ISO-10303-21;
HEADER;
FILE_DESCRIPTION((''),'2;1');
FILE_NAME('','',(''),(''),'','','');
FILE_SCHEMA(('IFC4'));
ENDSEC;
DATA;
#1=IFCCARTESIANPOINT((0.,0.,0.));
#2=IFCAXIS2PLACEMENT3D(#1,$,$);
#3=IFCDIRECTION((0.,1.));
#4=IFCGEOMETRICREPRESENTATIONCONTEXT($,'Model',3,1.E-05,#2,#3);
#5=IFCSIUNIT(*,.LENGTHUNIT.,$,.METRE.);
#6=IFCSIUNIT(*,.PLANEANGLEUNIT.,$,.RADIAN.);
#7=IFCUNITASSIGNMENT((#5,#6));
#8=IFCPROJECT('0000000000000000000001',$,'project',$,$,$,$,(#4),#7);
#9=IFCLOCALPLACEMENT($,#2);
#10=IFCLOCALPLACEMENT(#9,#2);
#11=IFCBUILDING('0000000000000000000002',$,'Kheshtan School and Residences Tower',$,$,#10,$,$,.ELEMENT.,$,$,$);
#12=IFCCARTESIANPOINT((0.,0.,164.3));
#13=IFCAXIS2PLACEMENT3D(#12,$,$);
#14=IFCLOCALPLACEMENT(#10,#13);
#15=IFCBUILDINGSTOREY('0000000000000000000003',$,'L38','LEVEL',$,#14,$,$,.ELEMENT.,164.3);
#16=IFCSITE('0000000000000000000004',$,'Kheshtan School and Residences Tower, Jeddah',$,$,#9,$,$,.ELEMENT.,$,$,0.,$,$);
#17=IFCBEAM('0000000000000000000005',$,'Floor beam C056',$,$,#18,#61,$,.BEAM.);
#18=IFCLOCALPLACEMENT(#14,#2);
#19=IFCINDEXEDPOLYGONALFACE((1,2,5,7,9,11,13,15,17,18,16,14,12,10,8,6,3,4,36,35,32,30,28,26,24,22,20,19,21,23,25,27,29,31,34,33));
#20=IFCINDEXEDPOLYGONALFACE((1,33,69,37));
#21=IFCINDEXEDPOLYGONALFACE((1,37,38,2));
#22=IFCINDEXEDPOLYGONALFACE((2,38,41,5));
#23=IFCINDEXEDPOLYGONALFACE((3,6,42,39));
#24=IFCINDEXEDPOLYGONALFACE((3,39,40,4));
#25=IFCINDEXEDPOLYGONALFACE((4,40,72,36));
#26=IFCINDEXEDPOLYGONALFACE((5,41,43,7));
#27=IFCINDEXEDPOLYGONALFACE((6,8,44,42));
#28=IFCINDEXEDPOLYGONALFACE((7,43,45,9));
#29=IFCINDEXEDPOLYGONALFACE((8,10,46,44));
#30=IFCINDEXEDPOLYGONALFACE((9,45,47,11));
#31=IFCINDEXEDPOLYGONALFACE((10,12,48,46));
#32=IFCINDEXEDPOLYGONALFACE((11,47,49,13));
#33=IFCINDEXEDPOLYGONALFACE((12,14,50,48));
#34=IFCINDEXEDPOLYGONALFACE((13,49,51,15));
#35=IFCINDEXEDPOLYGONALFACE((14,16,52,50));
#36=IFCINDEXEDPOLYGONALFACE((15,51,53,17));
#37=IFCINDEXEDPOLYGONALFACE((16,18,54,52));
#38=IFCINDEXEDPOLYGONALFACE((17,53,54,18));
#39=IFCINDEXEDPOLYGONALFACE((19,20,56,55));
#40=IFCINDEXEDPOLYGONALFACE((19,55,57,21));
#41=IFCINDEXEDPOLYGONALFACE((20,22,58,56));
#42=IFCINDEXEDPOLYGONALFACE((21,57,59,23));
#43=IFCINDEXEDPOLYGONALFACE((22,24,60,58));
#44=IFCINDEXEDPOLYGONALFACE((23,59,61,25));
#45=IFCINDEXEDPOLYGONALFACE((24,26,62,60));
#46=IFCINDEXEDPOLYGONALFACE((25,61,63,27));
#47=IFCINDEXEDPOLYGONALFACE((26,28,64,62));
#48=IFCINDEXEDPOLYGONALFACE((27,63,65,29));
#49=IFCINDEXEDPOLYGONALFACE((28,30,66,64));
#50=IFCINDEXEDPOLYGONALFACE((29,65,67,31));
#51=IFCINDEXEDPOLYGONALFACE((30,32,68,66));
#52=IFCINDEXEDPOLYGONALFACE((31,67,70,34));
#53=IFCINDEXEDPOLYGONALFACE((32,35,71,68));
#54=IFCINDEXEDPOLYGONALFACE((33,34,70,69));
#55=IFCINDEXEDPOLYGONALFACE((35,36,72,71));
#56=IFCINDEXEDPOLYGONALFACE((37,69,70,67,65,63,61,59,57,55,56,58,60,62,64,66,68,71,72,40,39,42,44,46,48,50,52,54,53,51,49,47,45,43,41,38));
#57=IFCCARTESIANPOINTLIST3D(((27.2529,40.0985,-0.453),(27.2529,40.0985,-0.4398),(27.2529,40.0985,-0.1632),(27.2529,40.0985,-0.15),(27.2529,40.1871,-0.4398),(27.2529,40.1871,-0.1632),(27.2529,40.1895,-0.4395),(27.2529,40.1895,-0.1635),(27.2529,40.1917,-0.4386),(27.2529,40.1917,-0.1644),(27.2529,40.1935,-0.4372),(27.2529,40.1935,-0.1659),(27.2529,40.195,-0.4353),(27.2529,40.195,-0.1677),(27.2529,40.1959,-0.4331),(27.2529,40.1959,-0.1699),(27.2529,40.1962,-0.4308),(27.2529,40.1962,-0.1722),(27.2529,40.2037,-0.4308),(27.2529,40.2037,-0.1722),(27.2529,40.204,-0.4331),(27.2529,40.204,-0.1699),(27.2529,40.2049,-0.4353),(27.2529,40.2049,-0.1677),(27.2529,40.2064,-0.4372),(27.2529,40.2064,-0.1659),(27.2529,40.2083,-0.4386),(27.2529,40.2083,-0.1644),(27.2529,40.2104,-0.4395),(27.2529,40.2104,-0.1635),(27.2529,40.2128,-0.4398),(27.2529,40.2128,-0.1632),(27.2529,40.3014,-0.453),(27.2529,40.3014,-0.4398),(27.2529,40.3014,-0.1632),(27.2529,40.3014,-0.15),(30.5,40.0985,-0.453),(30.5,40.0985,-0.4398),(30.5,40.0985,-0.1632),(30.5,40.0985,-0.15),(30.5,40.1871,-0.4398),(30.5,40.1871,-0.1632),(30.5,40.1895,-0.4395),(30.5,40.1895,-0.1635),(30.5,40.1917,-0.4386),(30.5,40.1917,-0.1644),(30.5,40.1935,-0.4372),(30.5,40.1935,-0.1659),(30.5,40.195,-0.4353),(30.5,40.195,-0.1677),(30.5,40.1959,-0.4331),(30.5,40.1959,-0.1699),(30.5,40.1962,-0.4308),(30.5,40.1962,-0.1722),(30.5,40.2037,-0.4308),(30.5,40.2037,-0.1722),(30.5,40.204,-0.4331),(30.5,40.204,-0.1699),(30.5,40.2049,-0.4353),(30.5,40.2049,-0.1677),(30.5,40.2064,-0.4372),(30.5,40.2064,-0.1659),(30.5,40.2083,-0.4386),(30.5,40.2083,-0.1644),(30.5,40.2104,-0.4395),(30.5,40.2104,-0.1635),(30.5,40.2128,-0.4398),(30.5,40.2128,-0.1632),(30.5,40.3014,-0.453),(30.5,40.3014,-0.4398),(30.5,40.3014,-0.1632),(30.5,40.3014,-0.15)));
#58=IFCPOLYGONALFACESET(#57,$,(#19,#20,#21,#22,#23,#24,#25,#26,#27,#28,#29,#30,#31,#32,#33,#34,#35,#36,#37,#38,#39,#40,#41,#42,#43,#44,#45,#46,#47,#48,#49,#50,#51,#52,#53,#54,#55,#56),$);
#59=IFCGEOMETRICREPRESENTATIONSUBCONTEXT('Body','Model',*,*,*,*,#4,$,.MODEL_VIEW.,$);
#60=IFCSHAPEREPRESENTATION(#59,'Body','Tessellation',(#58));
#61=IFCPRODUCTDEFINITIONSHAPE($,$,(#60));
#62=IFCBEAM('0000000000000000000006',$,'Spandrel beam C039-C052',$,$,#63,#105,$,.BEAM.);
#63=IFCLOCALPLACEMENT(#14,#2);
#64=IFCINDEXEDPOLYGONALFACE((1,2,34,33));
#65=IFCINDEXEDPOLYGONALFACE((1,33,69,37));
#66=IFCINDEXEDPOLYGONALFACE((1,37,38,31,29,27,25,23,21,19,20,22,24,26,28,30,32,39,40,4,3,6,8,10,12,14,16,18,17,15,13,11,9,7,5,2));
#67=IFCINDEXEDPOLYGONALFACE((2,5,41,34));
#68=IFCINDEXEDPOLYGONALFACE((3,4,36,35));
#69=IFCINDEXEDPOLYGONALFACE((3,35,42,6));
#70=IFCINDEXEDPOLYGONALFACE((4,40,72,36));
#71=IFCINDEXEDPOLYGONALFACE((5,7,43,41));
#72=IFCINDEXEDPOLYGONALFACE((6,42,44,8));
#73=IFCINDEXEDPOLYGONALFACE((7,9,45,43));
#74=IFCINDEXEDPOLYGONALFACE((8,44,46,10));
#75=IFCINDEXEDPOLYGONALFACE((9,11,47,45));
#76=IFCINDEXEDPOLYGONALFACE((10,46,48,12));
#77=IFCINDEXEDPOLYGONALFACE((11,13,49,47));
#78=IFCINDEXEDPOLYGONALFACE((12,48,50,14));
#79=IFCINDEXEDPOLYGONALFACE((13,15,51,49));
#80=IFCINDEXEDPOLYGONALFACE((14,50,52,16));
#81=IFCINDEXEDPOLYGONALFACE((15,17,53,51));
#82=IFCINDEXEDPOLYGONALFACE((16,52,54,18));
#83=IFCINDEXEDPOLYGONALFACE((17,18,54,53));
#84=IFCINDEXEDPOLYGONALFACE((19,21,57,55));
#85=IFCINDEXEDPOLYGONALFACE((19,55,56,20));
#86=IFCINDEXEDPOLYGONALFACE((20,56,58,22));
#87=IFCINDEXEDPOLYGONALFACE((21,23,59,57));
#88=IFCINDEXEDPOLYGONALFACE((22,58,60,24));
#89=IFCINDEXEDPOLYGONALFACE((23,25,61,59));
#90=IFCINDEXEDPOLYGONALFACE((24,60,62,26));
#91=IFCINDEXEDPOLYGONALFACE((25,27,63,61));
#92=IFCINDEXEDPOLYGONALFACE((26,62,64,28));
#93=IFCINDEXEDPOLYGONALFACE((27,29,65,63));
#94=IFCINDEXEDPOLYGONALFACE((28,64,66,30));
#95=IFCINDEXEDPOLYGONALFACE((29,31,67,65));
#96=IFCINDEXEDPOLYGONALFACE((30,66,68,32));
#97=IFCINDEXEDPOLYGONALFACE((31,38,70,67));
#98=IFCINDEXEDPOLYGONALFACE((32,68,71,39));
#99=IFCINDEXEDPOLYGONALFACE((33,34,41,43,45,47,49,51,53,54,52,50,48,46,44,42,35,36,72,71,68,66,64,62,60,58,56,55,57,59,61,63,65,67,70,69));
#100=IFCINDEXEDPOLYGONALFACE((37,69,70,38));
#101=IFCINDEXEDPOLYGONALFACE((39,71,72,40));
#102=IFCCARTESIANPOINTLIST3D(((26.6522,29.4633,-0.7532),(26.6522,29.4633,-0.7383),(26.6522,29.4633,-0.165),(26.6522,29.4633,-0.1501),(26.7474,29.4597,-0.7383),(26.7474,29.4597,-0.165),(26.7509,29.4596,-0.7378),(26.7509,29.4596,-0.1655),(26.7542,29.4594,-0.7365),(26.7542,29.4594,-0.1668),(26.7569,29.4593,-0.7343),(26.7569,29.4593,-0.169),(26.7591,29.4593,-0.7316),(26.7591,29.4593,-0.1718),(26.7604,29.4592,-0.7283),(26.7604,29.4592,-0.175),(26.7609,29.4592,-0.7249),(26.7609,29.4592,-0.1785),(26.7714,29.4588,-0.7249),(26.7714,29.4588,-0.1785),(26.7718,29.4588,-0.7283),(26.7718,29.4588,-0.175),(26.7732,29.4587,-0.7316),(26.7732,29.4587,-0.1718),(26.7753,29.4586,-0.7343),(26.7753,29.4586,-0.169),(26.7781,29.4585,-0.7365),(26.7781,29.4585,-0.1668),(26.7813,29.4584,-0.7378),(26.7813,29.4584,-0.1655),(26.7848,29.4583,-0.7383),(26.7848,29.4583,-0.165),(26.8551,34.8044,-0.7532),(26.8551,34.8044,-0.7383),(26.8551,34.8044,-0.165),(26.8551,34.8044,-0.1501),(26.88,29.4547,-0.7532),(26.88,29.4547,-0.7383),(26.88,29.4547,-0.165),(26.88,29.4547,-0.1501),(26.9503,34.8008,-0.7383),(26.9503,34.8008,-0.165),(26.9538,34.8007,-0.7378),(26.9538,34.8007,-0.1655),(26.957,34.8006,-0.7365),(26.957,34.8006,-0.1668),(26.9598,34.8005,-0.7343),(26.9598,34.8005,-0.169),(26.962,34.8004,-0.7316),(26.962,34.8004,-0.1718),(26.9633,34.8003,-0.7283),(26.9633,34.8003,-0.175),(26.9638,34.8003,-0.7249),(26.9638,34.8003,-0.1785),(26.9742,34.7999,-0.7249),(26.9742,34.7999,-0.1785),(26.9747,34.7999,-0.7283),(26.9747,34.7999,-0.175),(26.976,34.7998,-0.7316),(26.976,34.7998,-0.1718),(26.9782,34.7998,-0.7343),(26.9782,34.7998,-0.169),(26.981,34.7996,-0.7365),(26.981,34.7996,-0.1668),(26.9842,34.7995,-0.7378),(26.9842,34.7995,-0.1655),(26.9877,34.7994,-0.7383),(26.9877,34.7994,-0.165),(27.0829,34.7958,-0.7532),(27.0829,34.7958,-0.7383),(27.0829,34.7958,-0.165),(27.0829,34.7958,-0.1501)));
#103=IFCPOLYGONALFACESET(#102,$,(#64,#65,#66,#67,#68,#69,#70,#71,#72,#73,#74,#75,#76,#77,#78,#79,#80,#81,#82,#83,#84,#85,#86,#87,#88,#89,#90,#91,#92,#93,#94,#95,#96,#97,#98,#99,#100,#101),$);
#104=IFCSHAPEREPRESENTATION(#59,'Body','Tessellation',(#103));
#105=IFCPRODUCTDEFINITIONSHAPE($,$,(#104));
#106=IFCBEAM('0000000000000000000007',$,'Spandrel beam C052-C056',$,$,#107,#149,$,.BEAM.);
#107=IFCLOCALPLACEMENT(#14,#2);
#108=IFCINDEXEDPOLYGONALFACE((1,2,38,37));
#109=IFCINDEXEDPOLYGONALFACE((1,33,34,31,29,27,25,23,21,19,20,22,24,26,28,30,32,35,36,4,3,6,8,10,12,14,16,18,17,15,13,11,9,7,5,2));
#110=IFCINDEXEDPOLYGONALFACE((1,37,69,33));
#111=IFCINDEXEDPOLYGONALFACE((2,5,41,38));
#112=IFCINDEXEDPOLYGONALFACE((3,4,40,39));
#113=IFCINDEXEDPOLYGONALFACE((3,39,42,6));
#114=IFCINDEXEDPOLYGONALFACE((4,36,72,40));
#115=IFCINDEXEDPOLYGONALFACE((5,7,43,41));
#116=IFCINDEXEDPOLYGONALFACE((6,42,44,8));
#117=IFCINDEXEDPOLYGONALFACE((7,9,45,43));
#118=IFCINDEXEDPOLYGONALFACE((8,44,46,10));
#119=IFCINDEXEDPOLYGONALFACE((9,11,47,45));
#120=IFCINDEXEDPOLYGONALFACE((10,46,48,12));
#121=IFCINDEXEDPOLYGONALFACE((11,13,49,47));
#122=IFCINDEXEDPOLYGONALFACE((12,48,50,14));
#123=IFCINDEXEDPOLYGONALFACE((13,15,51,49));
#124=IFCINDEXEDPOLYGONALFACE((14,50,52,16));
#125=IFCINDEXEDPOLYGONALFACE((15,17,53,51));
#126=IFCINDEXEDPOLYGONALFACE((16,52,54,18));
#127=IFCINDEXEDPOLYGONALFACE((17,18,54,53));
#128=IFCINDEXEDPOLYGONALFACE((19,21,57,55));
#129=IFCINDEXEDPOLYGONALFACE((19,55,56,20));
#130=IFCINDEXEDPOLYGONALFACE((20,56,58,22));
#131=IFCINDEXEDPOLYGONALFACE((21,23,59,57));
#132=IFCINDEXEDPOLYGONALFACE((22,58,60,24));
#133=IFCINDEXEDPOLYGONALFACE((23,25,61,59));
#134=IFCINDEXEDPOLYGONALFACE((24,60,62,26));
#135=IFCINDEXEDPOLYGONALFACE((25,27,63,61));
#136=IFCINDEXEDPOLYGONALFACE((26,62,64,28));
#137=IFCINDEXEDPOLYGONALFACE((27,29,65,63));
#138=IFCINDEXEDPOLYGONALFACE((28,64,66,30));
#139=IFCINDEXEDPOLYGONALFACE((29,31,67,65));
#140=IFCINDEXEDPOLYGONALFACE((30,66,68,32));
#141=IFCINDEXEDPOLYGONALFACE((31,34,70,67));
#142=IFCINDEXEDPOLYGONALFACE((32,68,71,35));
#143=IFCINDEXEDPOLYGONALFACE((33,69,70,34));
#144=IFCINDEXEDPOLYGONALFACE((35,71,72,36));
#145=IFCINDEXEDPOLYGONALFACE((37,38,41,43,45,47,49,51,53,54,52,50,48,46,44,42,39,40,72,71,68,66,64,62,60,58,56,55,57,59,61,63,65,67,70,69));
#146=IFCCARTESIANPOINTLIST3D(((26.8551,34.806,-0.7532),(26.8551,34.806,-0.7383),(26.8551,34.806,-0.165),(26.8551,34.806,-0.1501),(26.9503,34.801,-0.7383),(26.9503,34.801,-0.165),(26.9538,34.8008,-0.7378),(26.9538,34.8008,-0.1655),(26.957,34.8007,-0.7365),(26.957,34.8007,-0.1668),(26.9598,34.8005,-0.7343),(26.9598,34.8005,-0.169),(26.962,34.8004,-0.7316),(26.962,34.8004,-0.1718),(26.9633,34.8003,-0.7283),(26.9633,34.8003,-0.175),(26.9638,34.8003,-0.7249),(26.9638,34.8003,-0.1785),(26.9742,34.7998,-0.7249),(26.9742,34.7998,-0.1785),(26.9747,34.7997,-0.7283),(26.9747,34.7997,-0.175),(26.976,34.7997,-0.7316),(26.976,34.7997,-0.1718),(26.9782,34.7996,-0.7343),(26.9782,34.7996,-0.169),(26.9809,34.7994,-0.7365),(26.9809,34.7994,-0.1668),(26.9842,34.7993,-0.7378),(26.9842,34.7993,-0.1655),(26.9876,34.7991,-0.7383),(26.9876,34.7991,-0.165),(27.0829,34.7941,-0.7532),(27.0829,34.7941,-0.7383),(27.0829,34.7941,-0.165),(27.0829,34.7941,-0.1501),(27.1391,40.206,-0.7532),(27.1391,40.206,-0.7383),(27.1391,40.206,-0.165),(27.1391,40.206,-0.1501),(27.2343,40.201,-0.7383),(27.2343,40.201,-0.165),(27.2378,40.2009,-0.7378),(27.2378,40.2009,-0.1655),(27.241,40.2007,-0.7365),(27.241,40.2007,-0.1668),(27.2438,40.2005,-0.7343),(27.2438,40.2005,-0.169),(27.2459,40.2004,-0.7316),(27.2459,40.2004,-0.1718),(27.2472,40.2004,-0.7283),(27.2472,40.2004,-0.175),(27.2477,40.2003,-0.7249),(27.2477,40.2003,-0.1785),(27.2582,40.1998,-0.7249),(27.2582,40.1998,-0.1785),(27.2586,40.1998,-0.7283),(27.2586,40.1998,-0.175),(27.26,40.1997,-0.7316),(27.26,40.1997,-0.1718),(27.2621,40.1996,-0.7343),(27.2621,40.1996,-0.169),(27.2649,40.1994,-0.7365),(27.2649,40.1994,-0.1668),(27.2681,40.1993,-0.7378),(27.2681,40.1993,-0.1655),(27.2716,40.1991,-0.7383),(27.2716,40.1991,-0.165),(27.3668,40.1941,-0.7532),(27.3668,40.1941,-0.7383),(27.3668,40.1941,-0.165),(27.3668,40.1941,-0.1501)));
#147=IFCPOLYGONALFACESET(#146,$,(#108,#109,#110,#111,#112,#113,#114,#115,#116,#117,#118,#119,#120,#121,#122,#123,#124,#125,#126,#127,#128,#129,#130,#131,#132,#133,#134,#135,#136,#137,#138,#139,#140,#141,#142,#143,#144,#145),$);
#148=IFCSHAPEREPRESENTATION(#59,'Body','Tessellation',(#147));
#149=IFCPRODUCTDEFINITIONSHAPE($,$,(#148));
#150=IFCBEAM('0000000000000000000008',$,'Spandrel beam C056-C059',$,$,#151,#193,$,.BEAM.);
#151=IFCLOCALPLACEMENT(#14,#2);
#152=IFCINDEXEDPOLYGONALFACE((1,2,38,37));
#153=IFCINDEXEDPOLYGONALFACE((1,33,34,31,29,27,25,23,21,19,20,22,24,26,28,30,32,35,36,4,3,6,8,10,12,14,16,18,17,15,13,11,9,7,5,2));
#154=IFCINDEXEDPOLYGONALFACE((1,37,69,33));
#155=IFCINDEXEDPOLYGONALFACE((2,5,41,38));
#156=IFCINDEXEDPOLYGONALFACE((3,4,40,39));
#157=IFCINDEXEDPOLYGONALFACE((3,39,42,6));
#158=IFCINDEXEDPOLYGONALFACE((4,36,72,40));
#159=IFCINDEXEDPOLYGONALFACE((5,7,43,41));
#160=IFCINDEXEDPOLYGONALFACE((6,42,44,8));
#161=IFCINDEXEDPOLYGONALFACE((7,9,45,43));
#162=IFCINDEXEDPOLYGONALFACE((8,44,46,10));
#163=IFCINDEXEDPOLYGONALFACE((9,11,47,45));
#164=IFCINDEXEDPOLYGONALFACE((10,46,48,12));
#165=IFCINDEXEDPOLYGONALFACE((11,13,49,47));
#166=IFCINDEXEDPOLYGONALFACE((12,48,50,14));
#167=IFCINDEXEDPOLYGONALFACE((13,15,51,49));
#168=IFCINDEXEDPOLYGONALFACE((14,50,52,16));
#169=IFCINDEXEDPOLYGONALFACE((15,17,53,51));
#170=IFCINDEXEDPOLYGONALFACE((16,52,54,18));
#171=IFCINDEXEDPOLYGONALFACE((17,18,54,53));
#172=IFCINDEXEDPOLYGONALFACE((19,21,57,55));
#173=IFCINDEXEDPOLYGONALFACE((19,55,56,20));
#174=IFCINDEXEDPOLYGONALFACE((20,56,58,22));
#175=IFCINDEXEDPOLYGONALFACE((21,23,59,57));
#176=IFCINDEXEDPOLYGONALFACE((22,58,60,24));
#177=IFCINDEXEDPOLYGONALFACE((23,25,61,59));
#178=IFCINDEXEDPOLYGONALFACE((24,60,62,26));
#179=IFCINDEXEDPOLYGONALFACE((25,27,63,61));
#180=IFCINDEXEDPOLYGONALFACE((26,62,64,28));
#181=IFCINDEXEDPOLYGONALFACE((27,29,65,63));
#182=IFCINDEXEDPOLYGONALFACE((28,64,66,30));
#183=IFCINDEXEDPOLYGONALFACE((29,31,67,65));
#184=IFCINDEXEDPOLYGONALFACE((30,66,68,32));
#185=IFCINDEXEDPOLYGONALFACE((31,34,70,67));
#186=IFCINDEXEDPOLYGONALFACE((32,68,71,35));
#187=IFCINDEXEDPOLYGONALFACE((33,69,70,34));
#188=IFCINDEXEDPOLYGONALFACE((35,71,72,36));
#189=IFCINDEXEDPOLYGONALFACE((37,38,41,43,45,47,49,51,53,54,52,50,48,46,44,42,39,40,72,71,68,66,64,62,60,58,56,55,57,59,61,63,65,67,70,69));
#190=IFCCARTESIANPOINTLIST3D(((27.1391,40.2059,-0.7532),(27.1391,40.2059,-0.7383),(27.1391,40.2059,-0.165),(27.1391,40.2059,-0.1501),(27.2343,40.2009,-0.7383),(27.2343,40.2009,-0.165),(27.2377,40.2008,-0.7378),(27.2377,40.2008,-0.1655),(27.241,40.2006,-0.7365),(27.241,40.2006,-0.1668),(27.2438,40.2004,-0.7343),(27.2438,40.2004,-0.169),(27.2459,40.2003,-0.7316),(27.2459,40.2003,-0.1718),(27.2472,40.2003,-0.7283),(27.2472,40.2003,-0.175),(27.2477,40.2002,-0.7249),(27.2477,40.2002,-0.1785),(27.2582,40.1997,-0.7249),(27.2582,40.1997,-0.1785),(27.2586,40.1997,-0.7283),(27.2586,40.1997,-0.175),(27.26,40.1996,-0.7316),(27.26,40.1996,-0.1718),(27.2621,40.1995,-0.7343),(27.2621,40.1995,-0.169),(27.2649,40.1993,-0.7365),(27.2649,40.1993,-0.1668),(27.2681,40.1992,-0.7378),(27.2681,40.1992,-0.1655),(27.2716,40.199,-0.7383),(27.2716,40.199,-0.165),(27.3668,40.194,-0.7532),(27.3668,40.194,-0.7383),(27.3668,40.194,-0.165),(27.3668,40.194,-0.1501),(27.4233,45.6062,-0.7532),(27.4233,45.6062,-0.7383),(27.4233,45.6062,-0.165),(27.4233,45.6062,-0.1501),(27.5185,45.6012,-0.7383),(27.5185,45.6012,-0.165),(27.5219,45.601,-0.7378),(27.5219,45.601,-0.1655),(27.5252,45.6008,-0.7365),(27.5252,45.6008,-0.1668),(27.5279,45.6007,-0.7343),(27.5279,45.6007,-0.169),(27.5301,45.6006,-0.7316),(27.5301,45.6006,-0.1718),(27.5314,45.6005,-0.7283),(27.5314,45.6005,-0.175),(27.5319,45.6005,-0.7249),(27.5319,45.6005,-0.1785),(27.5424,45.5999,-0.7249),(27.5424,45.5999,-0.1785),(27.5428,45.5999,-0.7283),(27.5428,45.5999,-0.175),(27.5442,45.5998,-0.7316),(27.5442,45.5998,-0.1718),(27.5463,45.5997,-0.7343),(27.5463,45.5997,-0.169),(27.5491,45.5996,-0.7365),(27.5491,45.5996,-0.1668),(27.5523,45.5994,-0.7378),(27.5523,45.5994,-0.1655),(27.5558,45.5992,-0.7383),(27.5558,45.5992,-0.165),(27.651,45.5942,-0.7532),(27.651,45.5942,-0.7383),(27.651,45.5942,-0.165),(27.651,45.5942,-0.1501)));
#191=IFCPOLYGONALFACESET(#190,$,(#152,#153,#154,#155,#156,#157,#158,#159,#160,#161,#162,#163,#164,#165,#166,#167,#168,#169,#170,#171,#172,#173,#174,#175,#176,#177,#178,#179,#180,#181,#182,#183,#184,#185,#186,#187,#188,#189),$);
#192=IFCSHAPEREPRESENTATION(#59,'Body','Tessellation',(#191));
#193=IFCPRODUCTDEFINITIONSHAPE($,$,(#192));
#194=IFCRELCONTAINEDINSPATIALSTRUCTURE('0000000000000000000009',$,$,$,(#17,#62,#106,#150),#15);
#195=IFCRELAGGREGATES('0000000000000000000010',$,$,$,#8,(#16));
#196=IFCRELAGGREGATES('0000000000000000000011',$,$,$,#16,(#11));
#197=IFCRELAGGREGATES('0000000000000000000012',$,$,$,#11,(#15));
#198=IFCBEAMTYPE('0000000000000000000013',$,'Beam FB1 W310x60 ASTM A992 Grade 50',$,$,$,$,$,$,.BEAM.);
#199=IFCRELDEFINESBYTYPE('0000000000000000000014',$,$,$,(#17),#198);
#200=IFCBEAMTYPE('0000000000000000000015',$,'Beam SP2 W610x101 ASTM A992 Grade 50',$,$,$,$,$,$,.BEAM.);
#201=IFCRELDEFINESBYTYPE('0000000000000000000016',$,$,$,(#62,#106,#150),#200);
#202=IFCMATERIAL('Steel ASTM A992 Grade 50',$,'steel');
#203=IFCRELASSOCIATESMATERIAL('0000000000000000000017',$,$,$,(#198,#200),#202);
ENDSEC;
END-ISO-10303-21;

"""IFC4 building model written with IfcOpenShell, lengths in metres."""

from ifc_helpers import new_model, si_unit, direction, frame, origin, origin_2d, place, context, subcontext, project, spatial, i_section, extrude, material, material_profile, profile_set, type_object, element, save


model = new_model("IFC4")

# Units and contexts
model_context = context("Model", 3, precision=1e-05, world=origin(), true_north=direction((0.0, 1.0)))
body_context = subcontext(model_context, "Body", "Model", "MODEL_VIEW")
ifc_project = project(units=[si_unit("LENGTHUNIT", "METRE"), si_unit("PLANEANGLEUNIT", "RADIAN")], contexts=[model_context])

# Site, building, storey
site_placement = place(None, origin())
site = spatial("IfcSite", under=ifc_project, at=site_placement, Name="Kheshtan School and Residences Tower, Jeddah", CompositionType="ELEMENT", RefElevation=0.0)
building_placement = place(site_placement, origin())
building = spatial("IfcBuilding", under=site, at=building_placement, Name="Kheshtan School and Residences Tower", CompositionType="ELEMENT")
storey_placement = place(building_placement, frame((0.0, 0.0, 164.3)))
storey = spatial("IfcBuildingStorey", under=building, at=storey_placement, Name="L38", Description="LEVEL", CompositionType="ELEMENT", Elevation=164.3)

# Shared definitions
ifc_material_1 = material(Name="Steel ASTM A992 Grade 50", Category="steel")

# Beams
ifc_material_profile_1 = material_profile(ifc_material_1, i_section(OverallWidth=0.2029, OverallDepth=0.303, WebThickness=0.0076, FlangeThickness=0.0132, FilletRadius=0.009, at=origin_2d()), Name="W310x60")
ifc_profile_set_1 = profile_set([ifc_material_profile_1], Name="Steel ASTM A992 Grade 50")
beam_type_1 = type_object("IfcBeamType", Name="Beam FB1 W310x60 ASTM A992 Grade 50", PredefinedType="BEAM", material=ifc_profile_set_1)
beam_1_placement = place(storey_placement, frame((27.2529, 40.2, -0.3015), z_axis=(1.0, 0.0, 0.0), x_axis=(0.0, 1.0, 0.0)))
element("IfcBeam", 1, at=beam_1_placement, inside=storey, type_object=beam_type_1, Name="Floor beam C056", PredefinedType="BEAM", context=body_context, shape_type="SweptSolid", body=[
    extrude(i_section(OverallWidth=0.2029, OverallDepth=0.303, WebThickness=0.0076, FlangeThickness=0.0132, FilletRadius=0.009, at=origin_2d()), origin(), (0.0, 0.0, 1.0), 3.2471),
])
ifc_material_profile_2 = material_profile(ifc_material_1, i_section(OverallWidth=0.228, OverallDepth=0.603, WebThickness=0.0105, FlangeThickness=0.0149, FilletRadius=0.0134, at=origin_2d()), Name="W610x101")
ifc_profile_set_2 = profile_set([ifc_material_profile_2], Name="Steel ASTM A992 Grade 50")
beam_type_2 = type_object("IfcBeamType", Name="Beam SP2 W610x101 ASTM A992 Grade 50", PredefinedType="BEAM", material=ifc_profile_set_2)
beam_2_placement = place(storey_placement, frame((26.7661, 29.459, -0.4517), z_axis=(0.037958, 0.999279, 0.0), x_axis=(-0.999279, 0.037958, 0.0)))
element("IfcBeam", 2, at=beam_2_placement, inside=storey, type_object=beam_type_2, Name="Spandrel beam C039-C052", PredefinedType="BEAM", context=body_context, shape_type="SweptSolid", body=[
    extrude(i_section(OverallWidth=0.228, OverallDepth=0.603, WebThickness=0.0105, FlangeThickness=0.0149, FilletRadius=0.0134, at=origin_2d()), origin(), (0.0, 0.0, 1.0), 5.345),
])
beam_3_placement = place(storey_placement, frame((26.969, 34.8, -0.4517), z_axis=(0.052509, 0.99862, 0.0), x_axis=(-0.99862, 0.052509, 0.0)))
element("IfcBeam", 3, at=beam_3_placement, inside=storey, type_object=beam_type_2, Name="Spandrel beam C052-C056", PredefinedType="BEAM", context=body_context, shape_type="SweptSolid", body=[
    extrude(i_section(OverallWidth=0.228, OverallDepth=0.603, WebThickness=0.0105, FlangeThickness=0.0149, FilletRadius=0.0134, at=origin_2d()), origin(), (0.0, 0.0, 1.0), 5.4075),
])
beam_4_placement = place(storey_placement, frame((27.2529, 40.2, -0.4517), z_axis=(0.052552, 0.998618, 0.0), x_axis=(-0.998618, 0.052552, 0.0)))
element("IfcBeam", 4, at=beam_4_placement, inside=storey, type_object=beam_type_2, Name="Spandrel beam C056-C059", PredefinedType="BEAM", context=body_context, shape_type="SweptSolid", body=[
    extrude(i_section(OverallWidth=0.228, OverallDepth=0.603, WebThickness=0.0105, FlangeThickness=0.0149, FilletRadius=0.0134, at=origin_2d()), origin(), (0.0, 0.0, 1.0), 5.4077),
])

save(model, "model.ifc")
